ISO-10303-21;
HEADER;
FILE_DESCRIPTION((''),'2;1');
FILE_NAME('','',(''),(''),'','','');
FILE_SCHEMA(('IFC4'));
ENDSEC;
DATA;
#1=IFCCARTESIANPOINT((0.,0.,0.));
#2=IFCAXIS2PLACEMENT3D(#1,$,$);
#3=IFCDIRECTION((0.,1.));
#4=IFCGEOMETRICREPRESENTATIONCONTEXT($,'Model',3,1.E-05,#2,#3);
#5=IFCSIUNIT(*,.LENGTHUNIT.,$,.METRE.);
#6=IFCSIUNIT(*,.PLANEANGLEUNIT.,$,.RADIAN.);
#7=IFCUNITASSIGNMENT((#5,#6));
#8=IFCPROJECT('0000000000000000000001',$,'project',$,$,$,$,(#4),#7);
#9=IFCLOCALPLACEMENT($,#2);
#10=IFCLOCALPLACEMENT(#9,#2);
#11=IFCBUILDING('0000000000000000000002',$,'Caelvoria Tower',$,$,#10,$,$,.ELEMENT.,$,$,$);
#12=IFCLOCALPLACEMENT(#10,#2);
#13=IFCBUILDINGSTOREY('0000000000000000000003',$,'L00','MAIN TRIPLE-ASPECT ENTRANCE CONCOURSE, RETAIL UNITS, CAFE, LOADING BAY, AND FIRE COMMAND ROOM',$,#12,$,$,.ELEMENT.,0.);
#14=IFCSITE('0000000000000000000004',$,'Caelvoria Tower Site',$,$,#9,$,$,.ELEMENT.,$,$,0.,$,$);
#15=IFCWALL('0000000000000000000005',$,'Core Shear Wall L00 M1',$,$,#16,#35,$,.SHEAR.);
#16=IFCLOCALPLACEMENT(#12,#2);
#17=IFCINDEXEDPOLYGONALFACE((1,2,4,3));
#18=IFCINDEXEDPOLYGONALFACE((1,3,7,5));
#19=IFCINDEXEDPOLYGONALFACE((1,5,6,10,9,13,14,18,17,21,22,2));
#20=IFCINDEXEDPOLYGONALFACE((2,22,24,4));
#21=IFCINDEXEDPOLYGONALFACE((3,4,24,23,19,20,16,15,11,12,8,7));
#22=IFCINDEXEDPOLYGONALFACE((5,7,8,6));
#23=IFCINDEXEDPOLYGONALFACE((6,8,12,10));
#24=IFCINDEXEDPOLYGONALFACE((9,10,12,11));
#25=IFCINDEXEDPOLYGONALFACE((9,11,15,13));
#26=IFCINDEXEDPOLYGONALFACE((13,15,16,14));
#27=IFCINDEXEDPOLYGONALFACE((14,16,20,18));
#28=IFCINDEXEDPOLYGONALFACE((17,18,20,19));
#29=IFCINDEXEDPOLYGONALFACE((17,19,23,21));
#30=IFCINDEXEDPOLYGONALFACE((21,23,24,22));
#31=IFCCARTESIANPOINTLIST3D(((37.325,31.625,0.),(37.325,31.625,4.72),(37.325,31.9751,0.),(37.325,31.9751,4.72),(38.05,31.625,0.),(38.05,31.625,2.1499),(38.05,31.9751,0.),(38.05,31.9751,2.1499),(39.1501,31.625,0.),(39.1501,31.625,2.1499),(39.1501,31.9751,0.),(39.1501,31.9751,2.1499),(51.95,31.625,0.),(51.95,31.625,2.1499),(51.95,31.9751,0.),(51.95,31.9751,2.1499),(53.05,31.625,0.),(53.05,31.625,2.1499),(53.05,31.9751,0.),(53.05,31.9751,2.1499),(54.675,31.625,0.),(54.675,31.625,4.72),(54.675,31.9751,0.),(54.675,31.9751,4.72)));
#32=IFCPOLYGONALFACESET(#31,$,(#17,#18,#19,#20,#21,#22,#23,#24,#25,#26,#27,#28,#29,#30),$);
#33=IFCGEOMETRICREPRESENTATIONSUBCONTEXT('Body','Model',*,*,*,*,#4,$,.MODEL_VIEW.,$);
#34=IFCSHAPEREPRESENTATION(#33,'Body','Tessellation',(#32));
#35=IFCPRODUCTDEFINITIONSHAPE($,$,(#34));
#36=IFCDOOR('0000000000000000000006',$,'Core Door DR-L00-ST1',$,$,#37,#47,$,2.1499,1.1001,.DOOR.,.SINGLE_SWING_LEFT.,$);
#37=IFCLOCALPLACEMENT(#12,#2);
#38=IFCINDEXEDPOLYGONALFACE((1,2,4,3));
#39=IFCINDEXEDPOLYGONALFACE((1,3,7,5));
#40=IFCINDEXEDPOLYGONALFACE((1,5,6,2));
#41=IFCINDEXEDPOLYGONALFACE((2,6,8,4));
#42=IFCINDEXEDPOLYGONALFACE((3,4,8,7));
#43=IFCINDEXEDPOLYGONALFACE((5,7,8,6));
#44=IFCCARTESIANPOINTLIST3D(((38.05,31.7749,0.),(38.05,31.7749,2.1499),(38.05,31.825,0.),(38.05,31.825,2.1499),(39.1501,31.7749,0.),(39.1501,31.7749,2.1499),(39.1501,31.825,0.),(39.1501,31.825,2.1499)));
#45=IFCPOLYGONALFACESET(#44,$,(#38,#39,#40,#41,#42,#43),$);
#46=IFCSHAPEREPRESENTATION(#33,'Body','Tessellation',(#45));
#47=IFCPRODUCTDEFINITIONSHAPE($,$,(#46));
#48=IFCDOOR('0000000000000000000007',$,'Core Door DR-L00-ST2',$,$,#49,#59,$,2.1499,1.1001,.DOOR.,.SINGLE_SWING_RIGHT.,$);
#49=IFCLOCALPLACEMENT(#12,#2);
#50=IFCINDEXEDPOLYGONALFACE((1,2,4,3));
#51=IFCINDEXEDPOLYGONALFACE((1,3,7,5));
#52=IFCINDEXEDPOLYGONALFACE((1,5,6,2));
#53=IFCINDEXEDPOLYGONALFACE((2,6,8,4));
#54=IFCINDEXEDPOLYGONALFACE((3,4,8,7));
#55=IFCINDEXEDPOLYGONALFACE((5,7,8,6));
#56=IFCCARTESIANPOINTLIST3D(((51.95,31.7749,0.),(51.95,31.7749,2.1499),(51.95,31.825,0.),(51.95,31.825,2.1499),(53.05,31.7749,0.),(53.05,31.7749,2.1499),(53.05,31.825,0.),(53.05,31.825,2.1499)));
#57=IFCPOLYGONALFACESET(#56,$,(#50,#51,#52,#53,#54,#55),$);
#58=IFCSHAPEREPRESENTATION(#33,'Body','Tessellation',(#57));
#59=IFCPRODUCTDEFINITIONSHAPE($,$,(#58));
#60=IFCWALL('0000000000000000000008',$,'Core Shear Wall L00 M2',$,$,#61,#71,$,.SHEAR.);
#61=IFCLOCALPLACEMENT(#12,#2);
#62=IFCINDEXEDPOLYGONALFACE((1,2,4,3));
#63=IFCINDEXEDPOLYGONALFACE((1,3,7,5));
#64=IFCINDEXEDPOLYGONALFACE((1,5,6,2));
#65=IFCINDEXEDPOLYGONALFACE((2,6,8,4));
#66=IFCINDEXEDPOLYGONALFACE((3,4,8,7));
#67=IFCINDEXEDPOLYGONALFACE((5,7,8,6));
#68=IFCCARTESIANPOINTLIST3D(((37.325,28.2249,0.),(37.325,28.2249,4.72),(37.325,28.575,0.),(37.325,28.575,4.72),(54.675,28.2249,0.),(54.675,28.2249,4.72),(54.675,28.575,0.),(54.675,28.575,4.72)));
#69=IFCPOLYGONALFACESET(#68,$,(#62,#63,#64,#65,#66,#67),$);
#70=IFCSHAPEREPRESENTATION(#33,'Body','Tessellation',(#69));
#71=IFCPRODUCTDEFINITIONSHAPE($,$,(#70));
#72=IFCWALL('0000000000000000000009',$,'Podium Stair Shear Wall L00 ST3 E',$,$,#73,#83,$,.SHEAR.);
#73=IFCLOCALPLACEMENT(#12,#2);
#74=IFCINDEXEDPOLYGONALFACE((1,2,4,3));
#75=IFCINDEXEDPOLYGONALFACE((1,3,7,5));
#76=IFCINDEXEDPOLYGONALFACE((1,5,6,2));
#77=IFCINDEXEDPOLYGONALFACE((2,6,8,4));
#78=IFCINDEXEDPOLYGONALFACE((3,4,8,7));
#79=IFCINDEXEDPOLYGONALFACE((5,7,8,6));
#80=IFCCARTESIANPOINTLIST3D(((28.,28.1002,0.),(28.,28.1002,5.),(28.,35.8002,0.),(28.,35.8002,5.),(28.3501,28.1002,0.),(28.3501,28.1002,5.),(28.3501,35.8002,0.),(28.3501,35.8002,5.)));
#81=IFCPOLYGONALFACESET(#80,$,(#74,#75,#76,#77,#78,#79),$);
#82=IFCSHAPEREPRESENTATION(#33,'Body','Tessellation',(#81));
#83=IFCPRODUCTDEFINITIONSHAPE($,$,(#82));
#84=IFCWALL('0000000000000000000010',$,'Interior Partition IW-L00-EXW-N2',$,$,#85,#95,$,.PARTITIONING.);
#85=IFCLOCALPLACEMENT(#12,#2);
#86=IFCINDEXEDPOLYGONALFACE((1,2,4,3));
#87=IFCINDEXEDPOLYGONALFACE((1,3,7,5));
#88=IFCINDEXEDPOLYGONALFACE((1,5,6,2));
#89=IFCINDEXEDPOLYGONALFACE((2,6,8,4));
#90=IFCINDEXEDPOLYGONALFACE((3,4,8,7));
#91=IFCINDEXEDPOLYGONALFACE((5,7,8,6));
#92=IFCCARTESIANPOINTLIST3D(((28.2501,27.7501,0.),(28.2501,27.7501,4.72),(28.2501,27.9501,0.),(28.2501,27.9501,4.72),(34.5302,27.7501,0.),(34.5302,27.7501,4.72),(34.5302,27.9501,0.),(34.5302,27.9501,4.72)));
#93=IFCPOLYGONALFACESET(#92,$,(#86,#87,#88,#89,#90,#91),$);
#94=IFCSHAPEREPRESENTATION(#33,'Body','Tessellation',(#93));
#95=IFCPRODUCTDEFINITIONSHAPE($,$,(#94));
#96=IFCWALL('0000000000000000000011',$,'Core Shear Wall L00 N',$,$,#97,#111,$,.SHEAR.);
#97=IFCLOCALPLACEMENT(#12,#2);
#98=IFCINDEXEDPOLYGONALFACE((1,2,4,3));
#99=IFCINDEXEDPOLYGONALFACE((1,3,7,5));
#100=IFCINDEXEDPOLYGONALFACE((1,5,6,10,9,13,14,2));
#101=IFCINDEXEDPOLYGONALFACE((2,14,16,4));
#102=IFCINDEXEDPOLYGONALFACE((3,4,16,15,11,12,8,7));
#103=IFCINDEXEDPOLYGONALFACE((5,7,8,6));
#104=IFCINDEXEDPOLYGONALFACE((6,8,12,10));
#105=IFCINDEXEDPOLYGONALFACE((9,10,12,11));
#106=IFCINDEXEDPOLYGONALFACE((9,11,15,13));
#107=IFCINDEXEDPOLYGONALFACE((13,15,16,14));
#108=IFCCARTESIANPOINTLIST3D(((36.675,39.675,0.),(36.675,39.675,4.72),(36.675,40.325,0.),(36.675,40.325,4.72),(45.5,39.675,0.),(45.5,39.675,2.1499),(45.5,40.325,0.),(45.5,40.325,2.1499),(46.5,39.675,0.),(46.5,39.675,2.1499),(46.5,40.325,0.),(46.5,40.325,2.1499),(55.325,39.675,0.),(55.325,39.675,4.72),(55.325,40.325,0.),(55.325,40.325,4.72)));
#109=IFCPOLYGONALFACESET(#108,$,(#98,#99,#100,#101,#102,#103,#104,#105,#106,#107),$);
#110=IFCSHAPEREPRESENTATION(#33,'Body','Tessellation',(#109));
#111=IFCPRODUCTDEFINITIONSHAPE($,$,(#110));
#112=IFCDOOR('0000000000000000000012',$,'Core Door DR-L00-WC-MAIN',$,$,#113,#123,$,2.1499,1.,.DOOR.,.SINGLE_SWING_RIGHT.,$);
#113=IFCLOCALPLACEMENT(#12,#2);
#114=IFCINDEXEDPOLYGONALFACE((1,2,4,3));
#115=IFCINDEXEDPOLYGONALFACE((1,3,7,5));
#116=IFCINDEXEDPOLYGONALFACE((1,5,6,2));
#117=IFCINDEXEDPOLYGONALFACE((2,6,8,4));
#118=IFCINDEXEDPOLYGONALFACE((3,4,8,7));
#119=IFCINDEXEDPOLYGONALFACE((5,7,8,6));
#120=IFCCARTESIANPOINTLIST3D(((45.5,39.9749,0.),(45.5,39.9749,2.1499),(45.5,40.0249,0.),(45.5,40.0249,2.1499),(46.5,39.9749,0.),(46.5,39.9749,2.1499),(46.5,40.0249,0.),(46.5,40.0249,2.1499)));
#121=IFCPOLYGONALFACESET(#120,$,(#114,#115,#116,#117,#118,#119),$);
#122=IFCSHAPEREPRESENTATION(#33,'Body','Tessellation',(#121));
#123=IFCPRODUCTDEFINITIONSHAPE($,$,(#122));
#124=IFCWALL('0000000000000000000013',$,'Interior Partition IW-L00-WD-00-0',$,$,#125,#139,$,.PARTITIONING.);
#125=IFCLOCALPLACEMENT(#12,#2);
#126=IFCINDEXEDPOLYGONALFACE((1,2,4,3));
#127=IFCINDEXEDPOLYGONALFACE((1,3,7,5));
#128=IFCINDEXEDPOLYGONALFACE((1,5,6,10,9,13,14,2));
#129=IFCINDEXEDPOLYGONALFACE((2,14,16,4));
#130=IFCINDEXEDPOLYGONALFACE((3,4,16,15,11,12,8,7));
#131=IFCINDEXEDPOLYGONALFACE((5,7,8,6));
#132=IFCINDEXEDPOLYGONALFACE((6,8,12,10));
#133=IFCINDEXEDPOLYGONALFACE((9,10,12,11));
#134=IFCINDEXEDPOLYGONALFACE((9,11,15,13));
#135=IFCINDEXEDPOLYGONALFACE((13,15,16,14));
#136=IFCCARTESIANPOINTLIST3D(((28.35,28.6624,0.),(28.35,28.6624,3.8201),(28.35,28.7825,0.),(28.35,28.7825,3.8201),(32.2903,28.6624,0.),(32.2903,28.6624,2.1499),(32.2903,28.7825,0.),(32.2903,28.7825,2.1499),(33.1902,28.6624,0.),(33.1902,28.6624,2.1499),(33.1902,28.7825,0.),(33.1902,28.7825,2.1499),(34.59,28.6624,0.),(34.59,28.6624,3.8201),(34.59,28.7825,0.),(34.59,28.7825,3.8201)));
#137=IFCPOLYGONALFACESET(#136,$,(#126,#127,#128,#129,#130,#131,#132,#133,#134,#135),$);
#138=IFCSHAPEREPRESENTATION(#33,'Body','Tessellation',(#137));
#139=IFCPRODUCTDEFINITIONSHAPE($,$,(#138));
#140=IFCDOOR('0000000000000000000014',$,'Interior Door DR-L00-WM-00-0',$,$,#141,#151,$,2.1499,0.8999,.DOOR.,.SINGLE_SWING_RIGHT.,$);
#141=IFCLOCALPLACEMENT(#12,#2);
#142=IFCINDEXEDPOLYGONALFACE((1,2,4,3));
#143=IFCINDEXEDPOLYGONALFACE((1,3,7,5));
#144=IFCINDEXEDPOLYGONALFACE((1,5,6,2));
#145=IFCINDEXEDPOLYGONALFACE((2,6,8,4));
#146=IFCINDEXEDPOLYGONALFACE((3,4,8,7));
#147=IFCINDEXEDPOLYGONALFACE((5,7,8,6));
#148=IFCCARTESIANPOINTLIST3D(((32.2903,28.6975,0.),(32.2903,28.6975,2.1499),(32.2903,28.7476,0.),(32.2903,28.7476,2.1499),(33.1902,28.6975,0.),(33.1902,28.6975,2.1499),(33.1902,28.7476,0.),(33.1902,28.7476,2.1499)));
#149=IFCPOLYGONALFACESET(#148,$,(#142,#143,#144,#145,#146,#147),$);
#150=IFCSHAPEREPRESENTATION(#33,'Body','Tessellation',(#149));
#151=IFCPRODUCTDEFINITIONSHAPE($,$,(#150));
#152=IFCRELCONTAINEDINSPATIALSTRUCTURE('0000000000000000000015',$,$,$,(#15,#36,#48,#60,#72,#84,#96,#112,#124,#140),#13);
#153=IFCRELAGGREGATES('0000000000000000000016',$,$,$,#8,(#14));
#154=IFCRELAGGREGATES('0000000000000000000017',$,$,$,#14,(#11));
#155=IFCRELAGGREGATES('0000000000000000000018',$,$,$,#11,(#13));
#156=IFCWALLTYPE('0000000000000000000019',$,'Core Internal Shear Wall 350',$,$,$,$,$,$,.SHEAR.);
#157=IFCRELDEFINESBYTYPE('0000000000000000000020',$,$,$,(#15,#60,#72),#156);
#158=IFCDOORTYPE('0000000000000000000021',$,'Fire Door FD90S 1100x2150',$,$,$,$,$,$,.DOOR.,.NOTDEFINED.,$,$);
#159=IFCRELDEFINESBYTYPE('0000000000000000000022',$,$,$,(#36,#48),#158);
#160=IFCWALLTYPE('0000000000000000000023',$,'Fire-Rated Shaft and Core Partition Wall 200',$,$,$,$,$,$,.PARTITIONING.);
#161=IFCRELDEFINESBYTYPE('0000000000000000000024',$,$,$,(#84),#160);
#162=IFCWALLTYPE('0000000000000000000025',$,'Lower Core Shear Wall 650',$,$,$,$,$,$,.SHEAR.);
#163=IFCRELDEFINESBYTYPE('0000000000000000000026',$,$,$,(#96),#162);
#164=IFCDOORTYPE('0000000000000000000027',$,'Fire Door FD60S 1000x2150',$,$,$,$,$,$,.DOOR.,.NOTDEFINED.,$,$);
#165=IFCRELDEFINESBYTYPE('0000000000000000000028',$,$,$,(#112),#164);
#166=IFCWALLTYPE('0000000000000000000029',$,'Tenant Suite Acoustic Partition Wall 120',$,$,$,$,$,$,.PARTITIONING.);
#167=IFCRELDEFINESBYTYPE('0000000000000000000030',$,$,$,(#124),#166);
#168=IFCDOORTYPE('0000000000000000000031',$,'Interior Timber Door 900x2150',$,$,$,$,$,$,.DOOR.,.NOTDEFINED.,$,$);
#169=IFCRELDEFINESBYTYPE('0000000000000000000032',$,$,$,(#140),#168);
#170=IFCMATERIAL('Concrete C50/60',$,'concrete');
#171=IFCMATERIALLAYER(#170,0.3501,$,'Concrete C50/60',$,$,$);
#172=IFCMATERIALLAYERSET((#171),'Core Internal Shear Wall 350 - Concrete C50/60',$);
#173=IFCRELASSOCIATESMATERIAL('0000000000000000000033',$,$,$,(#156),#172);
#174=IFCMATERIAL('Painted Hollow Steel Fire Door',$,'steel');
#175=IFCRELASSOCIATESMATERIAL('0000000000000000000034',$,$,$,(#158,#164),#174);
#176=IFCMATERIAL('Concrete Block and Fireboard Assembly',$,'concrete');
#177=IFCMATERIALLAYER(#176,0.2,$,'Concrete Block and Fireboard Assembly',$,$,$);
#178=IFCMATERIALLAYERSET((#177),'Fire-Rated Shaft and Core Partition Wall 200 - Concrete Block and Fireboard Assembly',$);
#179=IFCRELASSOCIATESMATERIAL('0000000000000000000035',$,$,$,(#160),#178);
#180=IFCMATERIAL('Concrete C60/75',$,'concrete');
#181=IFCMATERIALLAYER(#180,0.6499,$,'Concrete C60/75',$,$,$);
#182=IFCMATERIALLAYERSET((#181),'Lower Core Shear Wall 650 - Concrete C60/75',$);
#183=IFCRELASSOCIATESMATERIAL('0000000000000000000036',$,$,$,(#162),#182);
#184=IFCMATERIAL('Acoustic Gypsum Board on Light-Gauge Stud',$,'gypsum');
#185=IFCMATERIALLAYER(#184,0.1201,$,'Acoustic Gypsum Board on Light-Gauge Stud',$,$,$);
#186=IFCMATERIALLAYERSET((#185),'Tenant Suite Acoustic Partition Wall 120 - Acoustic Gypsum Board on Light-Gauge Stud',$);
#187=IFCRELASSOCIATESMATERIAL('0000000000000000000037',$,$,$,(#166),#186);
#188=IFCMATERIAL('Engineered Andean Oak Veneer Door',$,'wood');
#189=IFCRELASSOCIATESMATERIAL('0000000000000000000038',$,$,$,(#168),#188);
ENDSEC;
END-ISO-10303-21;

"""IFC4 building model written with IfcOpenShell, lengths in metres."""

from ifc_helpers import new_model, si_unit, direction, frame, frame_2d, origin, place, context, subcontext, project, spatial, rectangle, extrude, material, layer, layer_set, type_object, element, fill, save


model = new_model("IFC4")

# Units and contexts
model_context = context("Model", 3, precision=1e-05, world=origin(), true_north=direction((0.0, 1.0)))
body_context = subcontext(model_context, "Body", "Model", "MODEL_VIEW")
ifc_project = project(units=[si_unit("LENGTHUNIT", "METRE"), si_unit("PLANEANGLEUNIT", "RADIAN")], contexts=[model_context])

# Site, building, storey
site_placement = place(None, origin())
site = spatial("IfcSite", under=ifc_project, at=site_placement, Name="Caelvoria Tower Site", CompositionType="ELEMENT", RefElevation=0.0)
building_placement = place(site_placement, origin())
building = spatial("IfcBuilding", under=site, at=building_placement, Name="Caelvoria Tower", CompositionType="ELEMENT")
storey_placement = place(building_placement, origin())
storey = spatial("IfcBuildingStorey", under=building, at=storey_placement, Name="L00", Description="MAIN TRIPLE-ASPECT ENTRANCE CONCOURSE, RETAIL UNITS, CAFE, LOADING BAY, AND FIRE COMMAND ROOM", CompositionType="ELEMENT", Elevation=0.0)

# Wall, openings, doors
ifc_material_1 = material(Name="Concrete C50/60", Category="concrete")
ifc_layer_1 = layer(ifc_material_1, 0.3501, Name="Concrete C50/60")
ifc_layer_set_1 = layer_set([ifc_layer_1], Name="Core Internal Shear Wall 350 - Concrete C50/60")
wall_type_1 = type_object("IfcWallType", Name="Core Internal Shear Wall 350", PredefinedType="SHEAR", material=ifc_layer_set_1)
wall_1_placement = place(storey_placement, frame((37.325, 31.8, 0.0), z_axis=(0.0, 0.0, 1.0), x_axis=(1.0, 0.0, 0.0)))
wall_1 = element("IfcWall", 1, at=wall_1_placement, inside=storey, type_object=wall_type_1, Name="Core Shear Wall L00 M1", PredefinedType="SHEAR", context=body_context, shape_type="SweptSolid", body=[
    extrude(rectangle(XDim=17.3501, YDim=0.3501, at=frame_2d((8.675, 0.0))), origin(), (0.0, 0.0, 1.0), 4.72),
])
opening_1_placement = place(wall_1_placement, frame((0.7251, 0.0, 0.0)))
opening_1 = element("IfcOpeningElement", 2, at=opening_1_placement, cuts=wall_1, PredefinedType="OPENING", context=body_context, shape_type="SweptSolid", body=[
    extrude(rectangle(XDim=1.1001, YDim=2.1499, at=frame_2d((0.55, 1.075))), frame((0.0, 0.1851, 0.0), z_axis=(0.0, -1.0, 0.0), x_axis=(1.0, 0.0, 0.0)), (0.0, 0.0, 1.0), 0.3701),
])
opening_2_placement = place(wall_1_placement, frame((14.625, 0.0, 0.0)))
opening_2 = element("IfcOpeningElement", 3, at=opening_2_placement, cuts=wall_1, PredefinedType="OPENING", context=body_context, shape_type="SweptSolid", body=[
    extrude(rectangle(XDim=1.1001, YDim=2.1499, at=frame_2d((0.55, 1.075))), frame((0.0, 0.1851, 0.0), z_axis=(0.0, -1.0, 0.0), x_axis=(1.0, 0.0, 0.0)), (0.0, 0.0, 1.0), 0.3701),
])
ifc_material_2 = material(Name="Painted Hollow Steel Fire Door", Category="steel")
door_type_1 = type_object("IfcDoorType", Name="Fire Door FD90S 1100x2150", OperationType="NOTDEFINED", PredefinedType="DOOR", material=ifc_material_2)
door_1_placement = place(opening_1_placement, origin())
door_1 = element("IfcDoor", 4, at=door_1_placement, inside=storey, type_object=door_type_1, Name="Core Door DR-L00-ST1", OperationType="SINGLE_SWING_LEFT", OverallHeight=2.1499, OverallWidth=1.1001, PredefinedType="DOOR", context=body_context, shape_type="SweptSolid", body=[
    extrude(rectangle(XDim=1.1001, YDim=2.1499, at=frame_2d((0.55, 1.075))), frame((0.0, 0.0249, 0.0), z_axis=(0.0, -1.0, 0.0), x_axis=(1.0, 0.0, 0.0)), (0.0, 0.0, 1.0), 0.05),
])
fill(opening_1, door_1)
door_2_placement = place(opening_2_placement, origin())
door_2 = element("IfcDoor", 5, at=door_2_placement, inside=storey, type_object=door_type_1, Name="Core Door DR-L00-ST2", OperationType="SINGLE_SWING_RIGHT", OverallHeight=2.1499, OverallWidth=1.1001, PredefinedType="DOOR", context=body_context, shape_type="SweptSolid", body=[
    extrude(rectangle(XDim=1.1001, YDim=2.1499, at=frame_2d((0.55, 1.075))), frame((0.0, 0.0249, 0.0), z_axis=(0.0, -1.0, 0.0), x_axis=(1.0, 0.0, 0.0)), (0.0, 0.0, 1.0), 0.05),
])
fill(opening_2, door_2)

# Walls
wall_2_placement = place(storey_placement, frame((37.325, 28.3999, 0.0), z_axis=(0.0, 0.0, 1.0), x_axis=(1.0, 0.0, 0.0)))
element("IfcWall", 6, at=wall_2_placement, inside=storey, type_object=wall_type_1, Name="Core Shear Wall L00 M2", PredefinedType="SHEAR", context=body_context, shape_type="SweptSolid", body=[
    extrude(rectangle(XDim=17.3501, YDim=0.3501, at=frame_2d((8.675, 0.0))), origin(), (0.0, 0.0, 1.0), 4.72),
])
wall_3_placement = place(storey_placement, frame((28.175, 28.1001, 0.0), z_axis=(0.0, 0.0, 1.0), x_axis=(0.0, 1.0, 0.0)))
element("IfcWall", 7, at=wall_3_placement, inside=storey, type_object=wall_type_1, Name="Podium Stair Shear Wall L00 ST3 E", PredefinedType="SHEAR", context=body_context, shape_type="SweptSolid", body=[
    extrude(rectangle(XDim=7.7, YDim=0.3501, at=frame_2d((3.8501, 0.0))), origin(), (0.0, 0.0, 1.0), 5.0),
])
ifc_material_3 = material(Name="Concrete Block and Fireboard Assembly", Category="concrete")
ifc_layer_2 = layer(ifc_material_3, 0.2, Name="Concrete Block and Fireboard Assembly")
ifc_layer_set_2 = layer_set([ifc_layer_2], Name="Fire-Rated Shaft and Core Partition Wall 200 - Concrete Block and Fireboard Assembly")
wall_type_2 = type_object("IfcWallType", Name="Fire-Rated Shaft and Core Partition Wall 200", PredefinedType="PARTITIONING", material=ifc_layer_set_2)
wall_4_placement = place(storey_placement, frame((28.25, 27.8501, 0.0), z_axis=(0.0, 0.0, 1.0), x_axis=(1.0, 0.0, 0.0)))
element("IfcWall", 8, at=wall_4_placement, inside=storey, type_object=wall_type_2, Name="Interior Partition IW-L00-EXW-N2", PredefinedType="PARTITIONING", context=body_context, shape_type="SweptSolid", body=[
    extrude(rectangle(XDim=6.28, YDim=0.2, at=frame_2d((3.1401, 0.0))), origin(), (0.0, 0.0, 1.0), 4.72),
])

# Walls, openings, doors
ifc_material_4 = material(Name="Concrete C60/75", Category="concrete")
ifc_layer_3 = layer(ifc_material_4, 0.6499, Name="Concrete C60/75")
ifc_layer_set_3 = layer_set([ifc_layer_3], Name="Lower Core Shear Wall 650 - Concrete C60/75")
wall_type_3 = type_object("IfcWallType", Name="Lower Core Shear Wall 650", PredefinedType="SHEAR", material=ifc_layer_set_3)
wall_5_placement = place(storey_placement, frame((36.675, 40.0, 0.0), z_axis=(0.0, 0.0, 1.0), x_axis=(1.0, 0.0, 0.0)))
wall_5 = element("IfcWall", 9, at=wall_5_placement, inside=storey, type_object=wall_type_3, Name="Core Shear Wall L00 N", PredefinedType="SHEAR", context=body_context, shape_type="SweptSolid", body=[
    extrude(rectangle(XDim=18.6499, YDim=0.6499, at=frame_2d((9.325, 0.0))), origin(), (0.0, 0.0, 1.0), 4.72),
])
opening_3_placement = place(wall_5_placement, frame((8.825, 0.0, 0.0)))
opening_3 = element("IfcOpeningElement", 10, at=opening_3_placement, cuts=wall_5, PredefinedType="OPENING", context=body_context, shape_type="SweptSolid", body=[
    extrude(rectangle(XDim=1.0, YDim=2.1499, at=frame_2d((0.5, 1.075))), frame((0.0, 0.335, 0.0), z_axis=(0.0, -1.0, 0.0), x_axis=(1.0, 0.0, 0.0)), (0.0, 0.0, 1.0), 0.6699),
])
door_type_2 = type_object("IfcDoorType", Name="Fire Door FD60S 1000x2150", OperationType="NOTDEFINED", PredefinedType="DOOR", material=ifc_material_2)
door_3_placement = place(opening_3_placement, origin())
door_3 = element("IfcDoor", 11, at=door_3_placement, inside=storey, type_object=door_type_2, Name="Core Door DR-L00-WC-MAIN", OperationType="SINGLE_SWING_RIGHT", OverallHeight=2.1499, OverallWidth=1.0, PredefinedType="DOOR", context=body_context, shape_type="SweptSolid", body=[
    extrude(rectangle(XDim=1.0, YDim=2.1499, at=frame_2d((0.5, 1.075))), frame((0.0, 0.0249, 0.0), z_axis=(0.0, -1.0, 0.0), x_axis=(1.0, 0.0, 0.0)), (0.0, 0.0, 1.0), 0.05),
])
fill(opening_3, door_3)
ifc_material_5 = material(Name="Acoustic Gypsum Board on Light-Gauge Stud", Category="gypsum")
ifc_layer_4 = layer(ifc_material_5, 0.1201, Name="Acoustic Gypsum Board on Light-Gauge Stud")
ifc_layer_set_4 = layer_set([ifc_layer_4], Name="Tenant Suite Acoustic Partition Wall 120 - Acoustic Gypsum Board on Light-Gauge Stud")
wall_type_4 = type_object("IfcWallType", Name="Tenant Suite Acoustic Partition Wall 120", PredefinedType="PARTITIONING", material=ifc_layer_set_4)
wall_6_placement = place(storey_placement, frame((34.5901, 28.7224, 0.0), z_axis=(0.0, 0.0, 1.0), x_axis=(-1.0, 0.0, 0.0)))
wall_6 = element("IfcWall", 12, at=wall_6_placement, inside=storey, type_object=wall_type_4, Name="Interior Partition IW-L00-WD-00-0", PredefinedType="PARTITIONING", context=body_context, shape_type="SweptSolid", body=[
    extrude(rectangle(XDim=6.24, YDim=0.1201, at=frame_2d((3.1201, 0.0))), origin(), (0.0, 0.0, 1.0), 3.8201),
])
opening_4_placement = place(wall_6_placement, frame((1.3999, 0.0, 0.0)))
opening_4 = element("IfcOpeningElement", 13, at=opening_4_placement, cuts=wall_6, PredefinedType="OPENING", context=body_context, shape_type="SweptSolid", body=[
    extrude(rectangle(XDim=0.8999, YDim=2.1499, at=frame_2d((0.45, 1.075))), frame((0.0, 0.0701, 0.0), z_axis=(0.0, -1.0, 0.0), x_axis=(1.0, 0.0, 0.0)), (0.0, 0.0, 1.0), 0.1401),
])
ifc_material_6 = material(Name="Engineered Andean Oak Veneer Door", Category="wood")
door_type_3 = type_object("IfcDoorType", Name="Interior Timber Door 900x2150", OperationType="NOTDEFINED", PredefinedType="DOOR", material=ifc_material_6)
door_4_placement = place(opening_4_placement, origin())
door_4 = element("IfcDoor", 14, at=door_4_placement, inside=storey, type_object=door_type_3, Name="Interior Door DR-L00-WM-00-0", OperationType="SINGLE_SWING_RIGHT", OverallHeight=2.1499, OverallWidth=0.8999, PredefinedType="DOOR", context=body_context, shape_type="SweptSolid", body=[
    extrude(rectangle(XDim=0.8999, YDim=2.1499, at=frame_2d((0.45, 1.075))), frame((0.0, 0.0249, 0.0), z_axis=(0.0, -1.0, 0.0), x_axis=(1.0, 0.0, 0.0)), (0.0, 0.0, 1.0), 0.05),
])
fill(opening_4, door_4)

save(model, "model.ifc")
